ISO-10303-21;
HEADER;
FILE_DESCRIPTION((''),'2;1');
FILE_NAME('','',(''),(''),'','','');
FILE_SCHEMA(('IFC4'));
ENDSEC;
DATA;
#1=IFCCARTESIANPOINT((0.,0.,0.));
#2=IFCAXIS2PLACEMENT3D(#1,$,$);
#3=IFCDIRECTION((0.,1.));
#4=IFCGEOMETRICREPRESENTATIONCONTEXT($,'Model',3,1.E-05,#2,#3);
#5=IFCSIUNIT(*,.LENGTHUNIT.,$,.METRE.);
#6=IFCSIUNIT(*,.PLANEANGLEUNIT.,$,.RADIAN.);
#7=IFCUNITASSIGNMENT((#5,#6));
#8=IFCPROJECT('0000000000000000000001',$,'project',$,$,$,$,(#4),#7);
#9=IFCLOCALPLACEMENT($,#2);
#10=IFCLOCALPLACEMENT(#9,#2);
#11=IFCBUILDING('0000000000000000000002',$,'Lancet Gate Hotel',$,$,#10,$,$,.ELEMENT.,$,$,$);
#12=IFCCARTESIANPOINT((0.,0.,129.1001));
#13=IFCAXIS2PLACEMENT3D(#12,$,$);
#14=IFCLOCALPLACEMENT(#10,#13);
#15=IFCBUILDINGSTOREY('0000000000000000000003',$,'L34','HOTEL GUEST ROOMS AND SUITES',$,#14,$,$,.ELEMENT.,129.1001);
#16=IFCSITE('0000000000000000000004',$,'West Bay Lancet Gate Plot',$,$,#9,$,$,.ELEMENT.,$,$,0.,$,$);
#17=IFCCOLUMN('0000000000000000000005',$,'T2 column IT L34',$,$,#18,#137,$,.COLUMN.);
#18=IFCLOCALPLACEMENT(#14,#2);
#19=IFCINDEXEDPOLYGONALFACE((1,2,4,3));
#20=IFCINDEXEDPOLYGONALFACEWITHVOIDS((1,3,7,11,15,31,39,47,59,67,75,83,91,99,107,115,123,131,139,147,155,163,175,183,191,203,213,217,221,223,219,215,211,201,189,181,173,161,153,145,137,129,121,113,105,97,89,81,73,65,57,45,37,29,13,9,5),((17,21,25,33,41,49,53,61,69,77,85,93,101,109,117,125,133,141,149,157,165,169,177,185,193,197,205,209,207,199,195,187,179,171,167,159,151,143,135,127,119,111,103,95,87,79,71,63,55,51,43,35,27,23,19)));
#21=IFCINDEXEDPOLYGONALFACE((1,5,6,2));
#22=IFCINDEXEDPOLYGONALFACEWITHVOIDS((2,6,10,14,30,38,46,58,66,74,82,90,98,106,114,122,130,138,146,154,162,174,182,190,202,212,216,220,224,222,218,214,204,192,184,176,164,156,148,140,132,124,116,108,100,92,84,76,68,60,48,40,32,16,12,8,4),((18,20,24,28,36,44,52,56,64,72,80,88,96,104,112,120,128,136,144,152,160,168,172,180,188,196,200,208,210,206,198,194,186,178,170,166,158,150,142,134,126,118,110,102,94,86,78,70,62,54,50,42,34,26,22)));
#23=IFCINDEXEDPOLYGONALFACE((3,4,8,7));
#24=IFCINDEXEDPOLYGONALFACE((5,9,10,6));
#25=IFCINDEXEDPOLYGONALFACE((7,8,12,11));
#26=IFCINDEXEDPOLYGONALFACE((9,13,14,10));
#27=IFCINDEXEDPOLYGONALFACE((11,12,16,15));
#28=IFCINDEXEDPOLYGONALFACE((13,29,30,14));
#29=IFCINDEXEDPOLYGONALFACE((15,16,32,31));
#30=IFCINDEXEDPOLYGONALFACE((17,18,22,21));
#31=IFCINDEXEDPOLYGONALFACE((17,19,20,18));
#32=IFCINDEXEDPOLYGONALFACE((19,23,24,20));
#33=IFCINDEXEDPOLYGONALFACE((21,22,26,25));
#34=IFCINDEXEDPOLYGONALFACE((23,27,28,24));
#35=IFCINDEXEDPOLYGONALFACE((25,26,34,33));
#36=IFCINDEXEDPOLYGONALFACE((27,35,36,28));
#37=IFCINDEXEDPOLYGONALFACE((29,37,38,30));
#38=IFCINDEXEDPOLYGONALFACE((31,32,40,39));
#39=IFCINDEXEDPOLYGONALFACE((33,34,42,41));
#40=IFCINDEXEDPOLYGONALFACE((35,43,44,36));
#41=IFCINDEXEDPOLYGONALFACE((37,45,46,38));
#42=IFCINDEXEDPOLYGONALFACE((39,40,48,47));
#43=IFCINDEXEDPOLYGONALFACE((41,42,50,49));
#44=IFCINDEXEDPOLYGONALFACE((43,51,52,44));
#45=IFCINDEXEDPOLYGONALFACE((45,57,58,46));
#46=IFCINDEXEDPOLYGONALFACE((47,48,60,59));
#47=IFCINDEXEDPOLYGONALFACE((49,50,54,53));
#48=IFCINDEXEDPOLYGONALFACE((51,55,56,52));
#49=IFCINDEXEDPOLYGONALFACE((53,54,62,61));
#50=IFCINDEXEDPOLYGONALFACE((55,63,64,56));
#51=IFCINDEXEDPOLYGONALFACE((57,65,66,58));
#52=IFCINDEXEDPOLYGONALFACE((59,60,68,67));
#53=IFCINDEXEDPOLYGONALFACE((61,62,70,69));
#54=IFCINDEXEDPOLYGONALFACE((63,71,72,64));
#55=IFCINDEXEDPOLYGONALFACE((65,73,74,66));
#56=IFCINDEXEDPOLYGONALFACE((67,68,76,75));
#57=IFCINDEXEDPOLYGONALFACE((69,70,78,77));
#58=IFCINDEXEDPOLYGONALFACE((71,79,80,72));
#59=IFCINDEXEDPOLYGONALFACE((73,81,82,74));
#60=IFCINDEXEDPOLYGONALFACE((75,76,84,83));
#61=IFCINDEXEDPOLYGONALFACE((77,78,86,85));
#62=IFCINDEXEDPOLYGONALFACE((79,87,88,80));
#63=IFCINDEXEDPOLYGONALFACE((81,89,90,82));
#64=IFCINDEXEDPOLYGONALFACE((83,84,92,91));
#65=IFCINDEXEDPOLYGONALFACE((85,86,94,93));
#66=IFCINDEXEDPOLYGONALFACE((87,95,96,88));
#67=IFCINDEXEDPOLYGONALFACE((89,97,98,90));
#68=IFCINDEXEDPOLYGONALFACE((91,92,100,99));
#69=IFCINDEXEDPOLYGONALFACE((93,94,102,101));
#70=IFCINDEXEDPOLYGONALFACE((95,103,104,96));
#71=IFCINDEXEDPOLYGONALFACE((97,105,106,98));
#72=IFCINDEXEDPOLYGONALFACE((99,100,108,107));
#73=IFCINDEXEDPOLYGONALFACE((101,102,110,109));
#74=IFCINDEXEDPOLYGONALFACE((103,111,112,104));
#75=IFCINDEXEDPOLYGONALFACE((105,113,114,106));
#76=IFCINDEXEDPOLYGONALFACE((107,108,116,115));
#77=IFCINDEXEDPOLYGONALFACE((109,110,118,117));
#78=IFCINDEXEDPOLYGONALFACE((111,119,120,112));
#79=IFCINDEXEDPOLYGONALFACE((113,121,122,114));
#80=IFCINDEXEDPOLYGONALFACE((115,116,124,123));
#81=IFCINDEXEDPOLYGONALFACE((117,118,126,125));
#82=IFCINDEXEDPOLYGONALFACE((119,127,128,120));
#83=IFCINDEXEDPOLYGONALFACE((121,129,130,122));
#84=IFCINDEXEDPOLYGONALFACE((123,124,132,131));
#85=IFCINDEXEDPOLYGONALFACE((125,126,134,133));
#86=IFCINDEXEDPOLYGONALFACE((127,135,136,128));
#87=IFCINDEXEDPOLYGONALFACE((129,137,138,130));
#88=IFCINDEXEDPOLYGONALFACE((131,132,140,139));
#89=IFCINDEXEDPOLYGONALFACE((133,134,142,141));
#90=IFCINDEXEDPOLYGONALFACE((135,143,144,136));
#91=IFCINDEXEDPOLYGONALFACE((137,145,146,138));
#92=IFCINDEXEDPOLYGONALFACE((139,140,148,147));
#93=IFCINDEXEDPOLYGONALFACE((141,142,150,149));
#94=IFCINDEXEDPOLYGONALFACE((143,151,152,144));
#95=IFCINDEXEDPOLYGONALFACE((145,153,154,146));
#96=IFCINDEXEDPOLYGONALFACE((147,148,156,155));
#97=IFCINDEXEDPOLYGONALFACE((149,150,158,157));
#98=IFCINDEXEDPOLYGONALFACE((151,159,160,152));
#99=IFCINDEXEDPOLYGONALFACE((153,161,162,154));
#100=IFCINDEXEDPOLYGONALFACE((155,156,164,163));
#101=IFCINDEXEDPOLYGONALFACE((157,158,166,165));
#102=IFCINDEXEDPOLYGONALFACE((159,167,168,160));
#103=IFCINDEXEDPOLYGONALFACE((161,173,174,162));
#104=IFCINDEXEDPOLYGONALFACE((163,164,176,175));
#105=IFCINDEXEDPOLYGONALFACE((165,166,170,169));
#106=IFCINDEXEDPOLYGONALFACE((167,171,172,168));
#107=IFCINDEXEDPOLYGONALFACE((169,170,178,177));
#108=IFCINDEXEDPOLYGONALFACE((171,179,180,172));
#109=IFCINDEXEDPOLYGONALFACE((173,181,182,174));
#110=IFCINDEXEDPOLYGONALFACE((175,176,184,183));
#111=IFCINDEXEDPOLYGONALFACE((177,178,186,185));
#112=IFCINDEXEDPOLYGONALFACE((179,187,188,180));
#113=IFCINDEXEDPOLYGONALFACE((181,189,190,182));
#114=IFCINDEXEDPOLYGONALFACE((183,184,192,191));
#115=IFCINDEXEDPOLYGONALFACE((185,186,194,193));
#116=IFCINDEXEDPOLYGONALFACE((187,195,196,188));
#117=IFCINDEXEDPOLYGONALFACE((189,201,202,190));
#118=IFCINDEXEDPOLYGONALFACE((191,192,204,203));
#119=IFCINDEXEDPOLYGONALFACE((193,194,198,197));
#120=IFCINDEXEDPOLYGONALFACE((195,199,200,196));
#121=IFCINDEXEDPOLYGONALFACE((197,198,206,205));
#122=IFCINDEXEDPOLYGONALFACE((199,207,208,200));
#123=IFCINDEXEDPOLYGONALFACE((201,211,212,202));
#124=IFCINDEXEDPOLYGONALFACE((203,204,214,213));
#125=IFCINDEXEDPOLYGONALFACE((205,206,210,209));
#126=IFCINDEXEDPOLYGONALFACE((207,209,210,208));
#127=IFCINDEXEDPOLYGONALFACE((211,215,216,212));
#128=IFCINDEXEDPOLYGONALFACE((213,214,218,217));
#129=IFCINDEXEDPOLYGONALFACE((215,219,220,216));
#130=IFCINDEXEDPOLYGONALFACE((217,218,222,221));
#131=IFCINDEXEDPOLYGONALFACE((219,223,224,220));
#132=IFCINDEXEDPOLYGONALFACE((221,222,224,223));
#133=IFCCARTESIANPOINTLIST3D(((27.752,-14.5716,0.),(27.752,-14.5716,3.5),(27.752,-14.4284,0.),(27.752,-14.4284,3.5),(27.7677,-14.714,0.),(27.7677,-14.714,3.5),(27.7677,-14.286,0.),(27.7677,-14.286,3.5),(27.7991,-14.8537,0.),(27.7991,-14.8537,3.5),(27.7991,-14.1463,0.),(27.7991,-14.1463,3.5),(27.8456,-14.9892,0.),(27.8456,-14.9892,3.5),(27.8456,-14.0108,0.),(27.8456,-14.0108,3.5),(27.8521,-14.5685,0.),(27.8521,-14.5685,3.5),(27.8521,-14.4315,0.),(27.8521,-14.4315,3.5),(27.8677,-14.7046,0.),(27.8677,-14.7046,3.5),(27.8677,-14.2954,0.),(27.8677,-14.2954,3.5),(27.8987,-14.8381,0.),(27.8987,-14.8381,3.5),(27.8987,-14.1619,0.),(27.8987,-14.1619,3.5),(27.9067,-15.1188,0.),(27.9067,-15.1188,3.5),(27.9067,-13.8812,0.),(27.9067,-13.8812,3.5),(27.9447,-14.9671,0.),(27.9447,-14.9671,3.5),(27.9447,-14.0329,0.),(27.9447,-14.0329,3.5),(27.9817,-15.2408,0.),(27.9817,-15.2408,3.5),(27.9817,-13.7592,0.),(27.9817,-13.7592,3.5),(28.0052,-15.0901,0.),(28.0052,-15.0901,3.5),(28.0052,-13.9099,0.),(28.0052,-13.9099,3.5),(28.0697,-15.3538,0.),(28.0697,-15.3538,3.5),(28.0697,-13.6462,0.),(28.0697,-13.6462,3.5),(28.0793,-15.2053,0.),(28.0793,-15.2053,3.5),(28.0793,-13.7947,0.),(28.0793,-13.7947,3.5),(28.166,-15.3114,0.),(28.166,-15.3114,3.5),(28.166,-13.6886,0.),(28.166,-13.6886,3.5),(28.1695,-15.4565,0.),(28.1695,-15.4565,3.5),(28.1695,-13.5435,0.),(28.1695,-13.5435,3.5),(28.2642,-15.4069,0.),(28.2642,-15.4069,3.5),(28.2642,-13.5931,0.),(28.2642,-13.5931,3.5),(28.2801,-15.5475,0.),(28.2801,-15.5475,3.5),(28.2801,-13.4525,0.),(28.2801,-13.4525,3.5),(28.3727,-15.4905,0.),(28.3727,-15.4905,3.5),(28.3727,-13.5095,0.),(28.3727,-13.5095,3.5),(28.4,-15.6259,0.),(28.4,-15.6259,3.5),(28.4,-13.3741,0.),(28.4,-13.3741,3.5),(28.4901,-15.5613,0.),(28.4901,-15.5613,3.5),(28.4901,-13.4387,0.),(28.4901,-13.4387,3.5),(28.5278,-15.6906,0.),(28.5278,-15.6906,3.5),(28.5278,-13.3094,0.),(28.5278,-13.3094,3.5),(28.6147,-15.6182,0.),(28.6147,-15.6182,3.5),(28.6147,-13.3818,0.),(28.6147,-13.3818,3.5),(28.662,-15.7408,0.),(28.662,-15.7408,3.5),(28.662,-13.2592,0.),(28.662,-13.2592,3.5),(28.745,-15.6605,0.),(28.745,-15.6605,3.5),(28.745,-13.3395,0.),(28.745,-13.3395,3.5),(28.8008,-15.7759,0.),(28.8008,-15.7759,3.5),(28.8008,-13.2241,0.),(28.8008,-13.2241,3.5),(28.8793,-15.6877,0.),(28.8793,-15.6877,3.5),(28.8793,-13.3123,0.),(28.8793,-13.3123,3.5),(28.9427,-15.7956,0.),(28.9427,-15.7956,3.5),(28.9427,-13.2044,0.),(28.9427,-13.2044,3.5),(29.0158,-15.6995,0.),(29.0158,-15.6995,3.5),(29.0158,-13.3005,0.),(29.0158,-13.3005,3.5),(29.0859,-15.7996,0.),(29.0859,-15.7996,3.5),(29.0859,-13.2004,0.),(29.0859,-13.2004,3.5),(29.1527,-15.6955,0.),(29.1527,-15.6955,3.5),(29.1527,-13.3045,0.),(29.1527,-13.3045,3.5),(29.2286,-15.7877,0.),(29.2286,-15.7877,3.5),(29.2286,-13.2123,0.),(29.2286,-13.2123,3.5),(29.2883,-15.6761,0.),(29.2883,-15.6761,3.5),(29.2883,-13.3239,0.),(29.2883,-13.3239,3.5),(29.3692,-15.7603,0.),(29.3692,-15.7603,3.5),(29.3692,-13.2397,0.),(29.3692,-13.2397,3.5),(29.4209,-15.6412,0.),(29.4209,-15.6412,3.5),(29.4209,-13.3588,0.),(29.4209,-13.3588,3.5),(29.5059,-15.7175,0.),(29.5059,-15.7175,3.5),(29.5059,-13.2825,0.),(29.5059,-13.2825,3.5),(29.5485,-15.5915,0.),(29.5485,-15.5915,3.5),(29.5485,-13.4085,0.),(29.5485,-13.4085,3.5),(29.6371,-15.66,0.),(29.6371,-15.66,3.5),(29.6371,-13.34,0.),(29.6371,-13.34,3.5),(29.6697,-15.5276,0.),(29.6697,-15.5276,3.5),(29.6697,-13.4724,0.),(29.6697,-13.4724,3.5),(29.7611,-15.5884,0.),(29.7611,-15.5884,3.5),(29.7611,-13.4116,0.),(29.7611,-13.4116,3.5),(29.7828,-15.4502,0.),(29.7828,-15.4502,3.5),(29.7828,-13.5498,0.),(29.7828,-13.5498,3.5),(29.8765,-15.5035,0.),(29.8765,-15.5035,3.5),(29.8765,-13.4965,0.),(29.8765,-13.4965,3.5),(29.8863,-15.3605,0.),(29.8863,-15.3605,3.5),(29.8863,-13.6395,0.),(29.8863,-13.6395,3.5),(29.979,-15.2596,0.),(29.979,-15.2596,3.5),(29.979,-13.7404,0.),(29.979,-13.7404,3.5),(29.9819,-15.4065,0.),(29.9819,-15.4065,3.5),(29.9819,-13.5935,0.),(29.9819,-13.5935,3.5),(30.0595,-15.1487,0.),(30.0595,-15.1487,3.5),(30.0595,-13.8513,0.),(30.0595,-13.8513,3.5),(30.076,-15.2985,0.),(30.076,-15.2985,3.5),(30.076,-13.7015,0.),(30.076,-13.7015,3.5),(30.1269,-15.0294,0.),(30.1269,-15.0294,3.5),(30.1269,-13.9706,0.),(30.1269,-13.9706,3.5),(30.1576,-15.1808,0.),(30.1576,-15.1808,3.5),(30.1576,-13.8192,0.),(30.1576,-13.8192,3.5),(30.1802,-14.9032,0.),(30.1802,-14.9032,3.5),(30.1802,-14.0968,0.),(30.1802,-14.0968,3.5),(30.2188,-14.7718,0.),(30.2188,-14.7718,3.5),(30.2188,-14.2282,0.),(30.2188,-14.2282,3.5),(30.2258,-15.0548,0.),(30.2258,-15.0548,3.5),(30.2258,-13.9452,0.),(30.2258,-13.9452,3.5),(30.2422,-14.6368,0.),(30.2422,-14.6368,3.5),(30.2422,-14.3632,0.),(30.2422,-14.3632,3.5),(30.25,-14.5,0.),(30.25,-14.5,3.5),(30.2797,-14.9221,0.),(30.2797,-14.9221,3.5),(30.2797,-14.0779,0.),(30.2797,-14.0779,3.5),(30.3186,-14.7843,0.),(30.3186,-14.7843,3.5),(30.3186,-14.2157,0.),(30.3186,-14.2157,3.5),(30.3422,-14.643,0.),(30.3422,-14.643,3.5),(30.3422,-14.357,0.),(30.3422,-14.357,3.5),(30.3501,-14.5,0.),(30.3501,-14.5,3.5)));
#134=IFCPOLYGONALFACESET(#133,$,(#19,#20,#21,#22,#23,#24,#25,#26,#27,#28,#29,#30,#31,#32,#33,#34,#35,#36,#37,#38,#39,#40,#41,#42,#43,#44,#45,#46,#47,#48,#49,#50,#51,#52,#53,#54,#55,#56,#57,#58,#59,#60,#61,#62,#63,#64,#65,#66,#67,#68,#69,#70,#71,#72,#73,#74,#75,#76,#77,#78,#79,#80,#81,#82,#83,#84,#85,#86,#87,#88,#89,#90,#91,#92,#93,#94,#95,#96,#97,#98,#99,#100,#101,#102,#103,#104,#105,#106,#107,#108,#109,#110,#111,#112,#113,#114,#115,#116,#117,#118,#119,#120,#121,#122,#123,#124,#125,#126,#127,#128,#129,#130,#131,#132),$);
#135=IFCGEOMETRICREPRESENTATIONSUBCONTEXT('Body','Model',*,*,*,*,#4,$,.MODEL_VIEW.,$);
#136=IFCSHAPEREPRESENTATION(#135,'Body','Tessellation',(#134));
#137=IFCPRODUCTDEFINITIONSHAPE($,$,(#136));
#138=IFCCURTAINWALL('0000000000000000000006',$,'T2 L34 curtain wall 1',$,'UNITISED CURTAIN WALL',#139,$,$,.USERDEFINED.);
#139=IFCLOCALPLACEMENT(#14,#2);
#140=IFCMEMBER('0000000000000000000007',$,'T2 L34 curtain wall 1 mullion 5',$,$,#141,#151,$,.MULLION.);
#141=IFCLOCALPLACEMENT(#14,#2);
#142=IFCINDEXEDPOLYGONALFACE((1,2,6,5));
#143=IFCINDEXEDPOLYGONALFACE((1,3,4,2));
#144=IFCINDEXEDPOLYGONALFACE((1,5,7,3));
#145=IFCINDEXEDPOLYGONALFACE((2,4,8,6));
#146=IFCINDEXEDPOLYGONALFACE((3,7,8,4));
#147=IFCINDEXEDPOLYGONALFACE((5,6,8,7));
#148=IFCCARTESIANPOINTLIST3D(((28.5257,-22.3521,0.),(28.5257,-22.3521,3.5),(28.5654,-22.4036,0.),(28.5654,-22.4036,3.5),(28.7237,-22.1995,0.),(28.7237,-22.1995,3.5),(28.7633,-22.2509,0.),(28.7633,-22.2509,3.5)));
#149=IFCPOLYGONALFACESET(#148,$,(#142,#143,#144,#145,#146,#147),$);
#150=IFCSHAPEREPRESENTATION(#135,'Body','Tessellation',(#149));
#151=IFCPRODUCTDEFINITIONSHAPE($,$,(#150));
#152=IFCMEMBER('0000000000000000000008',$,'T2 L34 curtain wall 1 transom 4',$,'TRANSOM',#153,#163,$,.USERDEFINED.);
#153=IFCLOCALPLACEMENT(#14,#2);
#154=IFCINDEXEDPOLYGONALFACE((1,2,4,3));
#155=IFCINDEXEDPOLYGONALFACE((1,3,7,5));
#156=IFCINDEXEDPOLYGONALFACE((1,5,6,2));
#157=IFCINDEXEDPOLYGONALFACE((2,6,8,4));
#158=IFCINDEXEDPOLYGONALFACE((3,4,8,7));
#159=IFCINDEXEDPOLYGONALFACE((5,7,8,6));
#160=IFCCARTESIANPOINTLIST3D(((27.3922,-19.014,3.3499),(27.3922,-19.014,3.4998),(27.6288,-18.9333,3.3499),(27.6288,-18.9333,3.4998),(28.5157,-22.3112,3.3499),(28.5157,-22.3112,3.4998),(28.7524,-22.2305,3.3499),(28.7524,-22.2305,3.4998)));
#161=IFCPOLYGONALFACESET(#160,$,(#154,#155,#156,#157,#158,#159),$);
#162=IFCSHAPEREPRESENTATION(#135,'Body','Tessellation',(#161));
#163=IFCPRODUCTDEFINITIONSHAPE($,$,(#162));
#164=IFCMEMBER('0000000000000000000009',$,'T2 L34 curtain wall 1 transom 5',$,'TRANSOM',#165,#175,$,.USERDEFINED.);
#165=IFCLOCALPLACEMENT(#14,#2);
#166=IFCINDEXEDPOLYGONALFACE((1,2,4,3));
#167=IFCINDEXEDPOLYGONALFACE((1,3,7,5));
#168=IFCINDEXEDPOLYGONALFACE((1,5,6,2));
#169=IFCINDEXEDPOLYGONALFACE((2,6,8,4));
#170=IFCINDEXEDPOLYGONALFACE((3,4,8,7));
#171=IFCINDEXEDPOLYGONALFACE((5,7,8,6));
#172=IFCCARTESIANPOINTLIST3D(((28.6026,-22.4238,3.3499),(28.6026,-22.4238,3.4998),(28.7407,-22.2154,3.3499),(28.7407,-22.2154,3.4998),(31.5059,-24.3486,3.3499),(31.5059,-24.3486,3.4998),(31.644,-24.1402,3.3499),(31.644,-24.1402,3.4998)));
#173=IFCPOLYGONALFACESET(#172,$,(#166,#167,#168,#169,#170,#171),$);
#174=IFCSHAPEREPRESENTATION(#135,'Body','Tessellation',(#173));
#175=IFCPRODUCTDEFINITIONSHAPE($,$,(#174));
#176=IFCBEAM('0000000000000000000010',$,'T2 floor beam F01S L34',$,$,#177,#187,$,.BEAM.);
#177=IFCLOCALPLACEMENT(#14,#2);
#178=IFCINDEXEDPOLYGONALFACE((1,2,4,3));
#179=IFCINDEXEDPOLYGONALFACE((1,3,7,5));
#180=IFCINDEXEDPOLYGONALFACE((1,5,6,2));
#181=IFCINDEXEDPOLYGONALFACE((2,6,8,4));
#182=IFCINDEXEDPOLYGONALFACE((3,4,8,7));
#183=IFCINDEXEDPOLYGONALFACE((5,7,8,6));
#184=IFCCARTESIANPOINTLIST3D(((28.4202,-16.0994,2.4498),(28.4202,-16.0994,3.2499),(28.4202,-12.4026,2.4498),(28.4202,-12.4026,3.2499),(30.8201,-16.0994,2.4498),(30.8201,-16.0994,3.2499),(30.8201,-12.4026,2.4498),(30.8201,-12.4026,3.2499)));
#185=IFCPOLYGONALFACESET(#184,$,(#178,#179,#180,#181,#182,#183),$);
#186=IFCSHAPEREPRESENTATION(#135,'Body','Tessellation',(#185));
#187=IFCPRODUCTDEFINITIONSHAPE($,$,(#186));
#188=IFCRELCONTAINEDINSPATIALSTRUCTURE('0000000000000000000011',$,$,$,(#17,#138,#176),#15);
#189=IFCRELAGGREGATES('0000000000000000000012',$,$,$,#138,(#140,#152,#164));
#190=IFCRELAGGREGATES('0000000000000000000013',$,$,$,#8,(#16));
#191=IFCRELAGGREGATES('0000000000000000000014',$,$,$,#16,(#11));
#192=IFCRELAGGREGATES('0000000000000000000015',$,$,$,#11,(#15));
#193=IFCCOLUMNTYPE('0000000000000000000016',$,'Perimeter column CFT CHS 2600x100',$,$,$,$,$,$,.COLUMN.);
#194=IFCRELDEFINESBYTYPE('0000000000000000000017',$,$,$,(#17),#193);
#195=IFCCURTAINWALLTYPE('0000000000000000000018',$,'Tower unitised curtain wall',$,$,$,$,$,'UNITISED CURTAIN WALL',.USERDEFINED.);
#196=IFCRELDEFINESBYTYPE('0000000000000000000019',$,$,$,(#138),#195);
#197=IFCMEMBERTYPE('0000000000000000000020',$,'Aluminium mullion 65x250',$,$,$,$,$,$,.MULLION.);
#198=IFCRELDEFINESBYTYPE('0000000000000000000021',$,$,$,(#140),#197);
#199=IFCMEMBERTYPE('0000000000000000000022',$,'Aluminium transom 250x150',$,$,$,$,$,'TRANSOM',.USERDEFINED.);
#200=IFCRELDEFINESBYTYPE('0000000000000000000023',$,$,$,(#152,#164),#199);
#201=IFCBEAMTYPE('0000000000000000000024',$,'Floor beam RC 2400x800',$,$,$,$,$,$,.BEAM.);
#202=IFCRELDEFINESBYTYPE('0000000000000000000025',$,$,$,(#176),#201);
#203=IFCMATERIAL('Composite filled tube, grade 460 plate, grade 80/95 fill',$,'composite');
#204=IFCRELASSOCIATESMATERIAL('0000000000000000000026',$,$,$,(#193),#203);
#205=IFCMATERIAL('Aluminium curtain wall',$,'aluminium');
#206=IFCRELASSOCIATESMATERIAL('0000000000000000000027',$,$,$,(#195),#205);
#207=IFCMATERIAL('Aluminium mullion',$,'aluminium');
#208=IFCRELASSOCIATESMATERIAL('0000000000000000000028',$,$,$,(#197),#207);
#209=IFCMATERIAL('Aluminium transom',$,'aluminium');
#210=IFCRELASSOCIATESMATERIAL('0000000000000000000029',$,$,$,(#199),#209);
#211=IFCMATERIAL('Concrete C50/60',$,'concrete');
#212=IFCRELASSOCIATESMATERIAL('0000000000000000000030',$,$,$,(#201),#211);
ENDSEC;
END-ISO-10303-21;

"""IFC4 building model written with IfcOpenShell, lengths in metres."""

from ifc_helpers import new_model, si_unit, direction, frame, origin, origin_2d, place, context, subcontext, project, spatial, rectangle, hollow_circle, extrude, material, material_profile, profile_set, type_object, element, aggregate, save


model = new_model("IFC4")

# Units and contexts
model_context = context("Model", 3, precision=1e-05, world=origin(), true_north=direction((0.0, 1.0)))
body_context = subcontext(model_context, "Body", "Model", "MODEL_VIEW")
ifc_project = project(units=[si_unit("LENGTHUNIT", "METRE"), si_unit("PLANEANGLEUNIT", "RADIAN")], contexts=[model_context])

# Site, building, storey
site_placement = place(None, origin())
site = spatial("IfcSite", under=ifc_project, at=site_placement, Name="West Bay Lancet Gate Plot", CompositionType="ELEMENT", RefElevation=0.0)
building_placement = place(site_placement, origin())
building = spatial("IfcBuilding", under=site, at=building_placement, Name="Lancet Gate Hotel", CompositionType="ELEMENT")
storey_placement = place(building_placement, frame((0.0, 0.0, 129.1001)))
storey = spatial("IfcBuildingStorey", under=building, at=storey_placement, Name="L34", Description="HOTEL GUEST ROOMS AND SUITES", CompositionType="ELEMENT", Elevation=129.1001)

# Column
ifc_material_1 = material(Name="Composite filled tube, grade 460 plate, grade 80/95 fill", Category="composite")
ifc_material_profile_1 = material_profile(ifc_material_1, hollow_circle(Radius=1.3, WallThickness=0.1001, at=origin_2d()), Name="CHS 2600x100")
ifc_profile_set_1 = profile_set([ifc_material_profile_1], Name="Composite filled tube, grade 460 plate, grade 80/95 fill")
column_type = type_object("IfcColumnType", Name="Perimeter column CFT CHS 2600x100", PredefinedType="COLUMN", material=ifc_profile_set_1)
for number, where, z_axis, x_axis, name in (
    (1, (29.05, -14.5, 0.0), (0.0, 0.0, 1.0), (1.0, 0.0, 0.0), "T2 column IT L34"),
):
    element("IfcColumn", number, at=place(storey_placement, frame(where, z_axis=z_axis, x_axis=x_axis)), inside=storey, type_object=column_type, Name=name, PredefinedType="COLUMN", context=body_context, shape_type="SweptSolid", body=[
        extrude(hollow_circle(Radius=1.3, WallThickness=0.1001, at=origin_2d()), origin(), (0.0, 0.0, 1.0), 3.5),
    ])

# Curtain wall, members
ifc_material_2 = material(Name="Aluminium curtain wall", Category="aluminium")
curtain_wall_type = type_object("IfcCurtainWallType", Name="Tower unitised curtain wall", ElementType="UNITISED CURTAIN WALL", PredefinedType="USERDEFINED", material=ifc_material_2)
curtain_wall_placement = place(storey_placement, origin())
curtain_wall = element("IfcCurtainWall", 2, at=curtain_wall_placement, inside=storey, type_object=curtain_wall_type, Name="T2 L34 curtain wall 1", ObjectType="UNITISED CURTAIN WALL", PredefinedType="USERDEFINED")
ifc_material_3 = material(Name="Aluminium mullion", Category="aluminium")
ifc_material_profile_2 = material_profile(ifc_material_3, rectangle(XDim=0.0649, YDim=0.25, at=origin_2d()), Name="MULLION 65x250")
ifc_profile_set_2 = profile_set([ifc_material_profile_2], Name="Aluminium mullion")
member_type_1 = type_object("IfcMemberType", Name="Aluminium mullion 65x250", PredefinedType="MULLION", material=ifc_profile_set_2)
member_1_placement = place(storey_placement, frame((28.6445, -22.3015, 0.0), z_axis=(0.0, 0.0, 1.0), x_axis=(0.610664, -0.79189, 0.0)))
member_1 = element("IfcMember", 3, at=member_1_placement, type_object=member_type_1, Name="T2 L34 curtain wall 1 mullion 5", PredefinedType="MULLION", context=body_context, shape_type="SweptSolid", body=[
    extrude(rectangle(XDim=0.0649, YDim=0.25, at=origin_2d()), origin(), (0.0, 0.0, 1.0), 3.5),
])
ifc_material_4 = material(Name="Aluminium transom", Category="aluminium")
ifc_material_profile_3 = material_profile(ifc_material_4, rectangle(XDim=0.25, YDim=0.1499, at=origin_2d()), Name="TRANSOM 250x150")
ifc_profile_set_3 = profile_set([ifc_material_profile_3], Name="Aluminium transom")
member_type_2 = type_object("IfcMemberType", Name="Aluminium transom 250x150", ElementType="TRANSOM", PredefinedType="USERDEFINED", material=ifc_profile_set_3)
member_2_placement = place(storey_placement, frame((27.5105, -18.9736, 3.4248), z_axis=(0.32255, -0.946553, 0.0), x_axis=(0.946553, 0.32255, 0.0)))
member_2 = element("IfcMember", 4, at=member_2_placement, type_object=member_type_2, Name="T2 L34 curtain wall 1 transom 4", ObjectType="TRANSOM", PredefinedType="USERDEFINED", context=body_context, shape_type="SweptSolid", body=[
    extrude(rectangle(XDim=0.25, YDim=0.1499, at=origin_2d()), origin(), (0.0, 0.0, 1.0), 3.4834),
])
member_3_placement = place(storey_placement, frame((28.6716, -22.3196, 3.4248), z_axis=(0.833471, -0.552563, 0.0), x_axis=(0.552563, 0.833471, 0.0)))
member_3 = element("IfcMember", 5, at=member_3_placement, type_object=member_type_2, Name="T2 L34 curtain wall 1 transom 5", ObjectType="TRANSOM", PredefinedType="USERDEFINED", context=body_context, shape_type="SweptSolid", body=[
    extrude(rectangle(XDim=0.25, YDim=0.1499, at=origin_2d()), origin(), (0.0, 0.0, 1.0), 3.4834),
])

# Beam
ifc_material_5 = material(Name="Concrete C50/60", Category="concrete")
ifc_material_profile_4 = material_profile(ifc_material_5, rectangle(XDim=2.3999, YDim=0.8, at=origin_2d()), Name="RC 2400x800")
ifc_profile_set_4 = profile_set([ifc_material_profile_4], Name="Concrete C50/60")
beam_type_1 = type_object("IfcBeamType", Name="Floor beam RC 2400x800", PredefinedType="BEAM", material=ifc_profile_set_4)
beam_1_placement = place(storey_placement, frame((29.6201, -16.0994, 2.8499), z_axis=(0.0, 1.0, 0.0), x_axis=(-1.0, 0.0, 0.0)))
element("IfcBeam", 6, at=beam_1_placement, inside=storey, type_object=beam_type_1, Name="T2 floor beam F01S L34", PredefinedType="BEAM", context=body_context, shape_type="SweptSolid", body=[
    extrude(rectangle(XDim=2.3999, YDim=0.8, at=origin_2d()), origin(), (0.0, 0.0, 1.0), 3.6968),
])

aggregate(curtain_wall, [member_1, member_2, member_3])

save(model, "model.ifc")
